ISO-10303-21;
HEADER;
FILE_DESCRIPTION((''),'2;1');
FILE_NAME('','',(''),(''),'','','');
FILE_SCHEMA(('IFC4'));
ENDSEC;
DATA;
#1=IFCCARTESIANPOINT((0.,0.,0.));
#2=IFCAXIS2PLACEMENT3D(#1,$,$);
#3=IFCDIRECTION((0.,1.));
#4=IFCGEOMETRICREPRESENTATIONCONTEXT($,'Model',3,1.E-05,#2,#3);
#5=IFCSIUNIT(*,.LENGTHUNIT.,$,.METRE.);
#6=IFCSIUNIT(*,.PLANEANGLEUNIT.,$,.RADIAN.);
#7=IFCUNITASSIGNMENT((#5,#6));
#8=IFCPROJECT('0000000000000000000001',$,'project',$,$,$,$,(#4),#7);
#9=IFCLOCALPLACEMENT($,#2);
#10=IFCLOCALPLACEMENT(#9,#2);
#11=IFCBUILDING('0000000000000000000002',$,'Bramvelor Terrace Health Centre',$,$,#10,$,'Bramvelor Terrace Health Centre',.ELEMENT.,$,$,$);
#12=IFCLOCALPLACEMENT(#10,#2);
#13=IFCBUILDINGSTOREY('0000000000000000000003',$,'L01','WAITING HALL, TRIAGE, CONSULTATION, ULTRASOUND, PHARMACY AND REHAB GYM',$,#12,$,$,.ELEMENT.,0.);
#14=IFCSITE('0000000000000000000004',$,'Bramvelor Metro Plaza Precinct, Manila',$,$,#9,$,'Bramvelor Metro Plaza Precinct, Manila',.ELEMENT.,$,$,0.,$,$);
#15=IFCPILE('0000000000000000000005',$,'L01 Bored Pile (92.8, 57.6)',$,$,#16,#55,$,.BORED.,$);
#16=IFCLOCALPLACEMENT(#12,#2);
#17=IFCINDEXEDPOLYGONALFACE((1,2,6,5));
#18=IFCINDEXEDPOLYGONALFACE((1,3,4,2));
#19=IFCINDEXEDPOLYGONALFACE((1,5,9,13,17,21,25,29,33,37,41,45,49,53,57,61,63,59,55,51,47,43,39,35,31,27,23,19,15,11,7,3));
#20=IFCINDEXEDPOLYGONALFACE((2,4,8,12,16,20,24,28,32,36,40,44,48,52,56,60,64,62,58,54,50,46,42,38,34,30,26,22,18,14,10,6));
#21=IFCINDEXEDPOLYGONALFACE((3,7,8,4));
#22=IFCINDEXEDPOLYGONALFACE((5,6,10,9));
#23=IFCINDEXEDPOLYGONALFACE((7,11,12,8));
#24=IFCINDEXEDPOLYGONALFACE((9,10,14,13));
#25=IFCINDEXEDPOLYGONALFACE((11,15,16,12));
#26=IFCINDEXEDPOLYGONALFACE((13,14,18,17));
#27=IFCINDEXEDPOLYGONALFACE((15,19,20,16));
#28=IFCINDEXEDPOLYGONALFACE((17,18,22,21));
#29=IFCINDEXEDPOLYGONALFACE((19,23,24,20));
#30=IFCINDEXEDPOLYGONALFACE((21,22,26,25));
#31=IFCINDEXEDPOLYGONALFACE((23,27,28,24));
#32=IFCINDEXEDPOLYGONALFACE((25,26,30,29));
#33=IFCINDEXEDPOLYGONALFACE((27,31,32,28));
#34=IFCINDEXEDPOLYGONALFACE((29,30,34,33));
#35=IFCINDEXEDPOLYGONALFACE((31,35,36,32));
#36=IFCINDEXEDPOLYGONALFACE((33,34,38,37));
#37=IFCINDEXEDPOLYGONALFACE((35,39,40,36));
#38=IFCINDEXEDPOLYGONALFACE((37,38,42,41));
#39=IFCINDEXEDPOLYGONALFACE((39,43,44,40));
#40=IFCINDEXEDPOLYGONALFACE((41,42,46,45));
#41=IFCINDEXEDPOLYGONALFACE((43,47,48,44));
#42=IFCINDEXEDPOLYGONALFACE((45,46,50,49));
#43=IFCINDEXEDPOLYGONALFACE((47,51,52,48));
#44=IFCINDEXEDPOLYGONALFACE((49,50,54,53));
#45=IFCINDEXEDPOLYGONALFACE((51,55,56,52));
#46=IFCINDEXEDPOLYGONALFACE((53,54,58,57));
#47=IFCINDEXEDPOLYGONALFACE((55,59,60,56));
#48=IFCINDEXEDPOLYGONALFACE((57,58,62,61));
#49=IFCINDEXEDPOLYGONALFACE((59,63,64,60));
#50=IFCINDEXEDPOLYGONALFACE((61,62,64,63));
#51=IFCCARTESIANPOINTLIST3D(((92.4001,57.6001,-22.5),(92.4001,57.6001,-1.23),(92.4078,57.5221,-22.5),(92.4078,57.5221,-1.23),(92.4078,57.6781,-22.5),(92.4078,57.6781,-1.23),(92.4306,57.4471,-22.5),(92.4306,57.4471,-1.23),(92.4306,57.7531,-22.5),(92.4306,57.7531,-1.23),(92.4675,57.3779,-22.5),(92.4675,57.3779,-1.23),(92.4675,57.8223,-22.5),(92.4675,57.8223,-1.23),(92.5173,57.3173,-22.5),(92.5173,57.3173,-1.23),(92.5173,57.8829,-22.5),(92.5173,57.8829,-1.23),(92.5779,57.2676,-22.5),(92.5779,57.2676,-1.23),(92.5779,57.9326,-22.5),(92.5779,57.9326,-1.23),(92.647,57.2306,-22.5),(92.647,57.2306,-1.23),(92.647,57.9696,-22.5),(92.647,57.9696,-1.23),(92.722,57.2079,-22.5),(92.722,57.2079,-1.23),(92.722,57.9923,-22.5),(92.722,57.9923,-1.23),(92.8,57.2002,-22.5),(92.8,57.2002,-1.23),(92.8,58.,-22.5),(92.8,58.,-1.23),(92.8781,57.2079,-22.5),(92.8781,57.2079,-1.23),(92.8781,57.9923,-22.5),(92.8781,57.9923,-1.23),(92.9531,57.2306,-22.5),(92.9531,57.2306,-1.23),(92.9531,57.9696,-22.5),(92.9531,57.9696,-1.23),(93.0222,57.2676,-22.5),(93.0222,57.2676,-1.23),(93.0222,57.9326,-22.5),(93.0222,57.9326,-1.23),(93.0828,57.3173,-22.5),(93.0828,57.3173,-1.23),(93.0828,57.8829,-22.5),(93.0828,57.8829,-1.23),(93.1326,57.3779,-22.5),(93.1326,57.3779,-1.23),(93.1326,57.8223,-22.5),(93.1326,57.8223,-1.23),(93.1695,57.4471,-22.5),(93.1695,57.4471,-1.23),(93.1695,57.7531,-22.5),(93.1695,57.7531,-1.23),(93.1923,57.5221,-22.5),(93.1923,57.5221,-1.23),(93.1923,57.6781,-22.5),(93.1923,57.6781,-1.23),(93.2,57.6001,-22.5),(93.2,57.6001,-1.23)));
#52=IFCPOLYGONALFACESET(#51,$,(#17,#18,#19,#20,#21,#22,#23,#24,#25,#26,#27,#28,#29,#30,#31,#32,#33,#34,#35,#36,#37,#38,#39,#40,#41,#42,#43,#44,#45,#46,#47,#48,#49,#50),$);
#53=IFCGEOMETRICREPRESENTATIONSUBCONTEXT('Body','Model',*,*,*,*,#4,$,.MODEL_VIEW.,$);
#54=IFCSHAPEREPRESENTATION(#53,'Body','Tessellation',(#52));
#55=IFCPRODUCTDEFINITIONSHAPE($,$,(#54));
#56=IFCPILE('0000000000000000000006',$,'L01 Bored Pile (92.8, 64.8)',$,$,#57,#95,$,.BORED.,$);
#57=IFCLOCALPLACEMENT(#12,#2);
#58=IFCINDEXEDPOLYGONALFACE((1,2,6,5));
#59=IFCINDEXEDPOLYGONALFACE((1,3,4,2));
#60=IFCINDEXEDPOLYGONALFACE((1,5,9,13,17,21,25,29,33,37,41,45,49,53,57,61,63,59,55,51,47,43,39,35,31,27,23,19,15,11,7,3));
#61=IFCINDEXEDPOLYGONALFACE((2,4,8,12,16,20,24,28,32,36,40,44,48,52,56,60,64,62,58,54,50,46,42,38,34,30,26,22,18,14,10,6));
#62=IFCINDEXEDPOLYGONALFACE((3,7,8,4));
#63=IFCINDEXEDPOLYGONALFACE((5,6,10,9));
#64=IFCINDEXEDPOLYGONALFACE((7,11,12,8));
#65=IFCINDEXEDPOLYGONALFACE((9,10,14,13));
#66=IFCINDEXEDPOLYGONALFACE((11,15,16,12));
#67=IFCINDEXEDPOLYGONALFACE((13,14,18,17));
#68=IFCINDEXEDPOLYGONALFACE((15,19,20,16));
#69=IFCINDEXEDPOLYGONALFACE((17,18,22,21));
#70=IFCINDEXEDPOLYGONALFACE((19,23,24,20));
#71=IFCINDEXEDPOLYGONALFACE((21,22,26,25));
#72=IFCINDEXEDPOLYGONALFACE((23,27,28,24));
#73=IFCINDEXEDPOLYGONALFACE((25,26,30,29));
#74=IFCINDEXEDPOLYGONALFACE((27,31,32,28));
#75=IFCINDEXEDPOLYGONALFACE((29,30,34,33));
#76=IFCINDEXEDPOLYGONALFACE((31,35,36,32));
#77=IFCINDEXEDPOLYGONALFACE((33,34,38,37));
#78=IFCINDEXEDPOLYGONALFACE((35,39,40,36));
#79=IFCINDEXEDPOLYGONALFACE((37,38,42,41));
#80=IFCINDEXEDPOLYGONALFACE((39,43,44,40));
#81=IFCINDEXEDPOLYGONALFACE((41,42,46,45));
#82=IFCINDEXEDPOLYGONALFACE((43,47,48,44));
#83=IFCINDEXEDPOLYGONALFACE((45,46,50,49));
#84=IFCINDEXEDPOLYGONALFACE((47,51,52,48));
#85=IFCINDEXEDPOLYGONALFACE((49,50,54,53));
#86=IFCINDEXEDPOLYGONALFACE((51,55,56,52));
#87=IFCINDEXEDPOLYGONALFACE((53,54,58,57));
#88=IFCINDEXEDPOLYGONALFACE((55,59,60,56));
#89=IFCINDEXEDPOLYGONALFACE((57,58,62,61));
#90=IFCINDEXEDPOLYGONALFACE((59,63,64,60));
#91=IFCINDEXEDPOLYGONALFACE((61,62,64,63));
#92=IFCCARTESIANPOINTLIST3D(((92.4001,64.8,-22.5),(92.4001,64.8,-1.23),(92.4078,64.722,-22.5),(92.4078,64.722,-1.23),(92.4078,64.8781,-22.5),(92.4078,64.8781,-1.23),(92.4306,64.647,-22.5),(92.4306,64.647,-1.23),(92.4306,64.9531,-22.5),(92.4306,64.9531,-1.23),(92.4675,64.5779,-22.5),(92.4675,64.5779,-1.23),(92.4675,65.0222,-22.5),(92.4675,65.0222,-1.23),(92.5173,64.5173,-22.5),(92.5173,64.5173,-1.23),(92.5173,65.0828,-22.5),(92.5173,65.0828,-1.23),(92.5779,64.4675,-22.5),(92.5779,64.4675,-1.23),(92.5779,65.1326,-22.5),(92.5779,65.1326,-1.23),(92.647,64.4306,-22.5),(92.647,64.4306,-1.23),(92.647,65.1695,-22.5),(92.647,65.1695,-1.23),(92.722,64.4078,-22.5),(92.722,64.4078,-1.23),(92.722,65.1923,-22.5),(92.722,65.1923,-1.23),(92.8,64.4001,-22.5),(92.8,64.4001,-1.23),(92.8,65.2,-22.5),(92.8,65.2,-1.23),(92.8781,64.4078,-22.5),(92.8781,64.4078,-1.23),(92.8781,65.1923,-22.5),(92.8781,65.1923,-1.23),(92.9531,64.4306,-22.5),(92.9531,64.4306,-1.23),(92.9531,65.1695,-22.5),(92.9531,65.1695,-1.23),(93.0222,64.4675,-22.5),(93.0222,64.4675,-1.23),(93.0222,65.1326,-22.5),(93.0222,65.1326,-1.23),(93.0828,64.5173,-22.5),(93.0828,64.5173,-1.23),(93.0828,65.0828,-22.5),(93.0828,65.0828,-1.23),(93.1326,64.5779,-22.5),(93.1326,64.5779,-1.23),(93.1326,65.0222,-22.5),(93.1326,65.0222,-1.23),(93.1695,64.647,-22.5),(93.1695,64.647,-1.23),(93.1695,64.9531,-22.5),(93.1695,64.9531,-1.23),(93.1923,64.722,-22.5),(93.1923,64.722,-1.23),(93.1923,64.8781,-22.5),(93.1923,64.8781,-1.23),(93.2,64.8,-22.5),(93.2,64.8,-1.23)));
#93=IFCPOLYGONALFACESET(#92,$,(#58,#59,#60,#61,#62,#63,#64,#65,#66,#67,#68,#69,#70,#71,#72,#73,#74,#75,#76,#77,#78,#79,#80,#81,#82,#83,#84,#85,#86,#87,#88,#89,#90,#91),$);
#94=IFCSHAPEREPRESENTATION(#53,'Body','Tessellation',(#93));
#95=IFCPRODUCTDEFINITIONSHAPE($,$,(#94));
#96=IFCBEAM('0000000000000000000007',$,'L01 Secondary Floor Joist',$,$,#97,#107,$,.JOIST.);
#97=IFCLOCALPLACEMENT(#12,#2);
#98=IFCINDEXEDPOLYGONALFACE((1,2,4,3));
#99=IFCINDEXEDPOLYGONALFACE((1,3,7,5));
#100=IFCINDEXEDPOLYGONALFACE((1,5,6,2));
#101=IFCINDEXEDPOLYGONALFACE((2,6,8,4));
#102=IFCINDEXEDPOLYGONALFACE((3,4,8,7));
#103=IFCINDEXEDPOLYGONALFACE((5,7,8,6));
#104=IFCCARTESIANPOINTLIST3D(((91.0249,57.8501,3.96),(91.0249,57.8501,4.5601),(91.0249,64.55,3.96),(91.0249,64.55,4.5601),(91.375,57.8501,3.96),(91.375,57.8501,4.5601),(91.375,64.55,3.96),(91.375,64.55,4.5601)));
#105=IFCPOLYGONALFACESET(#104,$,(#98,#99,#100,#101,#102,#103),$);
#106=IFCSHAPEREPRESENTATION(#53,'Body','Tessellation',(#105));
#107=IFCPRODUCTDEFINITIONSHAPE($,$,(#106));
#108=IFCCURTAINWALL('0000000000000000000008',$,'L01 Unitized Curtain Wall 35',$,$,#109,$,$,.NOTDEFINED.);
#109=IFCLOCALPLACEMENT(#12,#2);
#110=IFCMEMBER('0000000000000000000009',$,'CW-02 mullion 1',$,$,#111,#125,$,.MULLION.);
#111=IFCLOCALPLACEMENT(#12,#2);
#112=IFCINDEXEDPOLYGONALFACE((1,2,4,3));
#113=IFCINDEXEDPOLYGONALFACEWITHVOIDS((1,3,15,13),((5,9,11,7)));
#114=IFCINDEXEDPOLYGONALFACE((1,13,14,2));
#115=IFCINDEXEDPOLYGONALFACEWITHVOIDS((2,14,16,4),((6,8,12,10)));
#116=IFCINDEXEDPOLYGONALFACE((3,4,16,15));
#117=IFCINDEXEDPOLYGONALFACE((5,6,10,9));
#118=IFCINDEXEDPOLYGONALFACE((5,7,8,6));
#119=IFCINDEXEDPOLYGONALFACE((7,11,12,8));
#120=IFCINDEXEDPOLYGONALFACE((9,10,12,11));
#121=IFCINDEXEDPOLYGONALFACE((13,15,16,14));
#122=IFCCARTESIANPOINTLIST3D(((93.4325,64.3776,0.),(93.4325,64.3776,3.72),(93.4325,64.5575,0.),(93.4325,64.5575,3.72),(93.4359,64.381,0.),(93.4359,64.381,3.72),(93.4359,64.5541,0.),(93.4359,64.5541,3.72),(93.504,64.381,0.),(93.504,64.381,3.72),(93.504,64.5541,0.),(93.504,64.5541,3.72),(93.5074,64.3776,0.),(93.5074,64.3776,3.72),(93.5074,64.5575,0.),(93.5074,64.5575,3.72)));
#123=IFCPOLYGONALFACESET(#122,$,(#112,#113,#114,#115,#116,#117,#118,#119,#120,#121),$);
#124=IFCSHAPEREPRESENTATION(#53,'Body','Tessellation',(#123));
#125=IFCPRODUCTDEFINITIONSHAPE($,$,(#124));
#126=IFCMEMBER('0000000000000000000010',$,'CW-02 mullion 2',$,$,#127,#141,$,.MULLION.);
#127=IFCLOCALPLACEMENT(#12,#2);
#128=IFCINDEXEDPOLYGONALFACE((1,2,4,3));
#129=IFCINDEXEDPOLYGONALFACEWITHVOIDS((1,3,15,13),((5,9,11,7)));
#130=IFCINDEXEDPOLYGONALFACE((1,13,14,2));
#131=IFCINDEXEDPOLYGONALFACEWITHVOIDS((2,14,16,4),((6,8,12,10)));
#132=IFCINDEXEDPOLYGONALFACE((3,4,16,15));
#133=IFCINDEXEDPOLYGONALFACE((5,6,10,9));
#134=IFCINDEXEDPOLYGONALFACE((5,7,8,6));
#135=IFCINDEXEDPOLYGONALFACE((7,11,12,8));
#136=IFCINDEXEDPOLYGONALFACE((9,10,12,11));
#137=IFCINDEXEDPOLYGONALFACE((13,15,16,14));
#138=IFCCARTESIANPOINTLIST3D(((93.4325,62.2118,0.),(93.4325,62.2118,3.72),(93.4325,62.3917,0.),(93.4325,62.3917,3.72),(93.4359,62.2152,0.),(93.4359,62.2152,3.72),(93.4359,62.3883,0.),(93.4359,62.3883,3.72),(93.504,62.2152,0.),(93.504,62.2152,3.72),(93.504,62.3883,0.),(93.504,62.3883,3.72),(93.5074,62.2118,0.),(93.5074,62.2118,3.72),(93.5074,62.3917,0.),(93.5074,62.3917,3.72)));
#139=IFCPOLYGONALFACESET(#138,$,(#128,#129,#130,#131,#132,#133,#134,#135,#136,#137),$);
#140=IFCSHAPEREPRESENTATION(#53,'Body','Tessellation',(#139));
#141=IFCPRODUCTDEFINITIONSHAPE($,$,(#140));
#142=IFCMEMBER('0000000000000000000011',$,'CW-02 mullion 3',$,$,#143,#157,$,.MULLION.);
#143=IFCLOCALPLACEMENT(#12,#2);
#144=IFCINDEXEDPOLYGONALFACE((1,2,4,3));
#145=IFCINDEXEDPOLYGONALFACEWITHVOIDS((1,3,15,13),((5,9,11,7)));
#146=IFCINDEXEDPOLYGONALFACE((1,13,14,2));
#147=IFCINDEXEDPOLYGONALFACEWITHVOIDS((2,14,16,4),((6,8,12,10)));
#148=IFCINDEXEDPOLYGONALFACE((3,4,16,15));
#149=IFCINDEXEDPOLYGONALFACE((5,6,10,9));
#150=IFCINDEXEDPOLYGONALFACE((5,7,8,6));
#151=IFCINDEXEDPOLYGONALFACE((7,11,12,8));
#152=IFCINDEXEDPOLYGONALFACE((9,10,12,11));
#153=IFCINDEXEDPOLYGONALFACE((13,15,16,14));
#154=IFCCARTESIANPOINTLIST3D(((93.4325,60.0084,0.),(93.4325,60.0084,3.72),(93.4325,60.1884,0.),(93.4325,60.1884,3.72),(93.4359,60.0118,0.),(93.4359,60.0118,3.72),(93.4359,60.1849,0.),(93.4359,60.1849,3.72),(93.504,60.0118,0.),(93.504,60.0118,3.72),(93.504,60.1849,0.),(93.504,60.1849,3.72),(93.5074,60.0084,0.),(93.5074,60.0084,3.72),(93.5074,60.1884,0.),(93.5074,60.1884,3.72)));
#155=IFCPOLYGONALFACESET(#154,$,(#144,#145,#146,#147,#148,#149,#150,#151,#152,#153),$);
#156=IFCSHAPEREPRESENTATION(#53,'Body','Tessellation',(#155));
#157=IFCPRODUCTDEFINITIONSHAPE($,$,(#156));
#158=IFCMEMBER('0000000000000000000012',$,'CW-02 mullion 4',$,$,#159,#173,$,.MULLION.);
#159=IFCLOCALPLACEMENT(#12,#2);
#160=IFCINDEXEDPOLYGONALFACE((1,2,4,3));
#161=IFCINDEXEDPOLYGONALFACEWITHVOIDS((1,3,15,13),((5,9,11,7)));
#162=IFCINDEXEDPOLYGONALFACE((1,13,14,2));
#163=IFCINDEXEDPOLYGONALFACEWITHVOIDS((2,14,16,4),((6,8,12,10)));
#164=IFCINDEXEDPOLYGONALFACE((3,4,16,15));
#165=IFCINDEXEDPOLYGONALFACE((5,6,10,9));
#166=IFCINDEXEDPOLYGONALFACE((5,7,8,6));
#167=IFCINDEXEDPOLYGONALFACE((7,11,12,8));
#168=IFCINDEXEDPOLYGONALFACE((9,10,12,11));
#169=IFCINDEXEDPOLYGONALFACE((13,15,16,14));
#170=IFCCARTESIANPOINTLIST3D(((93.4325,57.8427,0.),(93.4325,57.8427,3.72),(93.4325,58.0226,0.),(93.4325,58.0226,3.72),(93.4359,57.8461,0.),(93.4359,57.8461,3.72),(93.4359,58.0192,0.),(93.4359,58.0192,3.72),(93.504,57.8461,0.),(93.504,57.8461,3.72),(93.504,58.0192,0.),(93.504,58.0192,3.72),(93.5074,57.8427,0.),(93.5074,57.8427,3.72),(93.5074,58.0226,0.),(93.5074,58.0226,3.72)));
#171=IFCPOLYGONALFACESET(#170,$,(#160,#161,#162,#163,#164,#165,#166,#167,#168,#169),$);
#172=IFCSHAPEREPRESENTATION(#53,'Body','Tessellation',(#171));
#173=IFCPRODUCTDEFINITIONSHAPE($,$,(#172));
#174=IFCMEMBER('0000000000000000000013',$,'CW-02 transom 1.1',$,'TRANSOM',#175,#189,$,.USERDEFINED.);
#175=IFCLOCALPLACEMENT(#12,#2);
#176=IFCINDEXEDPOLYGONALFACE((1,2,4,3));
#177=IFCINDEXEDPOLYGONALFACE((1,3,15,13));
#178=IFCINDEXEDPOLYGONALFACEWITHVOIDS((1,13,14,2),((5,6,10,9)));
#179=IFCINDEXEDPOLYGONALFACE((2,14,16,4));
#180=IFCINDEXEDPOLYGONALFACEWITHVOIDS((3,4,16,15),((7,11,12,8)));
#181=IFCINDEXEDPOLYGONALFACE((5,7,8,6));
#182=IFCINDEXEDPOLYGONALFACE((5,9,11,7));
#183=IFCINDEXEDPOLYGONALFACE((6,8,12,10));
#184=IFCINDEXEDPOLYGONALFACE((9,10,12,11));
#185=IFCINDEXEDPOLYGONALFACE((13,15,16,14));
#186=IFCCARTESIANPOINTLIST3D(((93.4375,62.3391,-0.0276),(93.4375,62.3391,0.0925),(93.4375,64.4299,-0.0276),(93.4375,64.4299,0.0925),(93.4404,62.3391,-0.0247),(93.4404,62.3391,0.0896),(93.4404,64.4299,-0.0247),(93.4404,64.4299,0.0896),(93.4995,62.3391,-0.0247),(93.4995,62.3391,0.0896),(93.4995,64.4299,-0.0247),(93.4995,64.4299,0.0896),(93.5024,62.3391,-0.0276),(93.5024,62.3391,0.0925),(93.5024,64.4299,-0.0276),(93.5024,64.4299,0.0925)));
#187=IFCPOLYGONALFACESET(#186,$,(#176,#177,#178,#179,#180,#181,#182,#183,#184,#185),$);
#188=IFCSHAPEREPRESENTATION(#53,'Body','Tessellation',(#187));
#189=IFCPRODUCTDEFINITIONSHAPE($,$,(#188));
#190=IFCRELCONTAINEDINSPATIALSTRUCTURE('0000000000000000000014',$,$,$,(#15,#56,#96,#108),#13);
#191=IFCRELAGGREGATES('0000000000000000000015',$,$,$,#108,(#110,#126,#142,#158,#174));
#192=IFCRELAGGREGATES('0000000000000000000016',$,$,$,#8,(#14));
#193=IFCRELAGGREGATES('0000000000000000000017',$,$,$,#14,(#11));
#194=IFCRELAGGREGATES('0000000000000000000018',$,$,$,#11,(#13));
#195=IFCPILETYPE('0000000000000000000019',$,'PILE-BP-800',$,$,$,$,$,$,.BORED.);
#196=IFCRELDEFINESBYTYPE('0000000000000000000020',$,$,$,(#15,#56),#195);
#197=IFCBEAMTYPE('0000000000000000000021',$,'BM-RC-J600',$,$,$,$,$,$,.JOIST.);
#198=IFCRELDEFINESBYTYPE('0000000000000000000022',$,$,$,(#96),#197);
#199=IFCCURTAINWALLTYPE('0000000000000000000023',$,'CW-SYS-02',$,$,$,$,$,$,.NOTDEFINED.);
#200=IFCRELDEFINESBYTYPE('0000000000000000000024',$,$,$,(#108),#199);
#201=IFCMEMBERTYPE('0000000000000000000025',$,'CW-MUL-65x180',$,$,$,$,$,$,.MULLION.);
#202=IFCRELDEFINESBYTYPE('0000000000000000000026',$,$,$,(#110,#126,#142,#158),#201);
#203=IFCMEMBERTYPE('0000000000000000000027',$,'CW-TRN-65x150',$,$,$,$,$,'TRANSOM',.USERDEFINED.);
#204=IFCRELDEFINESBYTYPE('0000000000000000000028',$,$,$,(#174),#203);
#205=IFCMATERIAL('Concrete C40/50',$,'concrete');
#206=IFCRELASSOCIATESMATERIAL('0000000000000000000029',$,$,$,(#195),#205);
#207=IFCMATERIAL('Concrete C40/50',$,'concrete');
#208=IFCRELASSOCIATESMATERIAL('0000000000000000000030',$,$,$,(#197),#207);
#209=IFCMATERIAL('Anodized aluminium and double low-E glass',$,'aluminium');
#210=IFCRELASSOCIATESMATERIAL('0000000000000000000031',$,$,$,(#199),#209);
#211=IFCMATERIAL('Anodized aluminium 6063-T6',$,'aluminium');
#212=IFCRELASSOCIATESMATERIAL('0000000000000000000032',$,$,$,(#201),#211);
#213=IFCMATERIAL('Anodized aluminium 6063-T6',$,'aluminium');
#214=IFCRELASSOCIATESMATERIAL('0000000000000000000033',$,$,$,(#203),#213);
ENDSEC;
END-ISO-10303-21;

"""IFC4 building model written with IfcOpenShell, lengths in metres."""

from ifc_helpers import new_model, si_unit, direction, frame, origin, origin_2d, place, context, subcontext, project, spatial, rectangle, hollow_rectangle, circle, extrude, material, material_profile, profile_set, type_object, element, aggregate, save


model = new_model("IFC4")

# Units and contexts
model_context = context("Model", 3, precision=1e-05, world=origin(), true_north=direction((0.0, 1.0)))
body_context = subcontext(model_context, "Body", "Model", "MODEL_VIEW")
ifc_project = project(units=[si_unit("LENGTHUNIT", "METRE"), si_unit("PLANEANGLEUNIT", "RADIAN")], contexts=[model_context])

# Site, building, storey
site_placement = place(None, origin())
site = spatial("IfcSite", under=ifc_project, at=site_placement, Name="Bramvelor Metro Plaza Precinct, Manila", LongName="Bramvelor Metro Plaza Precinct, Manila", CompositionType="ELEMENT", RefElevation=0.0)
building_placement = place(site_placement, origin())
building = spatial("IfcBuilding", under=site, at=building_placement, Name="Bramvelor Terrace Health Centre", LongName="Bramvelor Terrace Health Centre", CompositionType="ELEMENT")
storey_placement = place(building_placement, origin())
storey = spatial("IfcBuildingStorey", under=building, at=storey_placement, Name="L01", Description="WAITING HALL, TRIAGE, CONSULTATION, ULTRASOUND, PHARMACY AND REHAB GYM", CompositionType="ELEMENT", Elevation=0.0)

# Piles
ifc_material_1 = material(Name="Concrete C40/50", Category="concrete")
ifc_material_profile_1 = material_profile(ifc_material_1, circle(Radius=0.3999, at=origin_2d()), Name="BP D800")
ifc_profile_set_1 = profile_set([ifc_material_profile_1], Name="Concrete C40/50")
pile_type = type_object("IfcPileType", Name="PILE-BP-800", PredefinedType="BORED", material=ifc_profile_set_1)
for number, where, z_axis, x_axis, name in (
    (1, (92.8, 57.6001, -1.23), (0.0, 0.0, -1.0), (1.0, 0.0, 0.0), "L01 Bored Pile (92.8, 57.6)"),
    (2, (92.8, 64.8, -1.23), (0.0, 0.0, -1.0), (1.0, 0.0, 0.0), "L01 Bored Pile (92.8, 64.8)"),
):
    element("IfcPile", number, at=place(storey_placement, frame(where, z_axis=z_axis, x_axis=x_axis)), inside=storey, type_object=pile_type, Name=name, PredefinedType="BORED", context=body_context, shape_type="SweptSolid", body=[
        extrude(circle(Radius=0.3999, at=origin_2d()), origin(), (0.0, 0.0, 1.0), 21.27),
    ])

# Beam
ifc_material_2 = material(Name="Concrete C40/50", Category="concrete")
ifc_material_profile_2 = material_profile(ifc_material_2, rectangle(XDim=0.3501, YDim=0.6001, at=origin_2d()), Name="RC 350x600")
ifc_profile_set_2 = profile_set([ifc_material_profile_2], Name="Concrete C40/50")
beam_type = type_object("IfcBeamType", Name="BM-RC-J600", PredefinedType="JOIST", material=ifc_profile_set_2)
beam_placement = place(storey_placement, frame((91.2, 57.8501, 4.26), z_axis=(0.0, 1.0, 0.0), x_axis=(-1.0, 0.0, 0.0)))
element("IfcBeam", 3, at=beam_placement, inside=storey, type_object=beam_type, Name="L01 Secondary Floor Joist", PredefinedType="JOIST", context=body_context, shape_type="SweptSolid", body=[
    extrude(rectangle(XDim=0.3501, YDim=0.6001, at=origin_2d()), origin(), (0.0, 0.0, 1.0), 6.7),
])

# Curtain wall, members
ifc_material_3 = material(Name="Anodized aluminium and double low-E glass", Category="aluminium")
curtain_wall_type = type_object("IfcCurtainWallType", Name="CW-SYS-02", PredefinedType="NOTDEFINED", material=ifc_material_3)
curtain_wall_placement = place(storey_placement, origin())
curtain_wall = element("IfcCurtainWall", 4, at=curtain_wall_placement, inside=storey, type_object=curtain_wall_type, Name="L01 Unitized Curtain Wall 35", PredefinedType="NOTDEFINED")
ifc_material_4 = material(Name="Anodized aluminium 6063-T6", Category="aluminium")
ifc_material_profile_3 = material_profile(ifc_material_4, hollow_rectangle(XDim=0.075, YDim=0.1799, WallThickness=0.0034, at=origin_2d()), Name="ALU-MUL 75x180x3.5")
ifc_profile_set_3 = profile_set([ifc_material_profile_3], Name="Anodized aluminium 6063-T6")
member_type_1 = type_object("IfcMemberType", Name="CW-MUL-65x180", PredefinedType="MULLION", material=ifc_profile_set_3)
member_1_placement = place(storey_placement, frame((93.47, 64.4675, 0.0), z_axis=(0.0, 0.0, 1.0), x_axis=(1.0, 0.0, 0.0)))
member_1 = element("IfcMember", 5, at=member_1_placement, type_object=member_type_1, Name="CW-02 mullion 1", PredefinedType="MULLION", context=body_context, shape_type="SweptSolid", body=[
    extrude(hollow_rectangle(XDim=0.075, YDim=0.1799, WallThickness=0.0034, at=origin_2d()), origin(), (0.0, 0.0, 1.0), 3.72),
])
member_2_placement = place(storey_placement, frame((93.47, 62.3018, 0.0), z_axis=(0.0, 0.0, 1.0), x_axis=(1.0, 0.0, 0.0)))
member_2 = element("IfcMember", 6, at=member_2_placement, type_object=member_type_1, Name="CW-02 mullion 2", PredefinedType="MULLION", context=body_context, shape_type="SweptSolid", body=[
    extrude(hollow_rectangle(XDim=0.075, YDim=0.1799, WallThickness=0.0034, at=origin_2d()), origin(), (0.0, 0.0, 1.0), 3.72),
])
member_3_placement = place(storey_placement, frame((93.47, 60.0984, 0.0), z_axis=(0.0, 0.0, 1.0), x_axis=(1.0, 0.0, 0.0)))
member_3 = element("IfcMember", 7, at=member_3_placement, type_object=member_type_1, Name="CW-02 mullion 3", PredefinedType="MULLION", context=body_context, shape_type="SweptSolid", body=[
    extrude(hollow_rectangle(XDim=0.075, YDim=0.1799, WallThickness=0.0034, at=origin_2d()), origin(), (0.0, 0.0, 1.0), 3.72),
])
member_4_placement = place(storey_placement, frame((93.47, 57.9326, 0.0), z_axis=(0.0, 0.0, 1.0), x_axis=(1.0, 0.0, 0.0)))
member_4 = element("IfcMember", 8, at=member_4_placement, type_object=member_type_1, Name="CW-02 mullion 4", PredefinedType="MULLION", context=body_context, shape_type="SweptSolid", body=[
    extrude(hollow_rectangle(XDim=0.075, YDim=0.1799, WallThickness=0.0034, at=origin_2d()), origin(), (0.0, 0.0, 1.0), 3.72),
])
ifc_material_5 = material(Name="Anodized aluminium 6063-T6", Category="aluminium")
ifc_material_profile_4 = material_profile(ifc_material_5, hollow_rectangle(XDim=0.0649, YDim=0.1201, WallThickness=0.0029, at=origin_2d()), Name="ALU-TRN 65x120x3.0")
ifc_profile_set_4 = profile_set([ifc_material_profile_4], Name="Anodized aluminium 6063-T6")
member_type_2 = type_object("IfcMemberType", Name="CW-TRN-65x150", ElementType="TRANSOM", PredefinedType="USERDEFINED", material=ifc_profile_set_4)
member_5_placement = place(storey_placement, frame((93.47, 64.4299, 0.0325), z_axis=(0.0, -1.0, 0.0), x_axis=(1.0, 0.0, 0.0)))
member_5 = element("IfcMember", 9, at=member_5_placement, type_object=member_type_2, Name="CW-02 transom 1.1", ObjectType="TRANSOM", PredefinedType="USERDEFINED", context=body_context, shape_type="SweptSolid", body=[
    extrude(hollow_rectangle(XDim=0.0649, YDim=0.1201, WallThickness=0.0029, at=origin_2d()), origin(), (0.0, 0.0, 1.0), 2.0908),
])
aggregate(curtain_wall, [member_1, member_2, member_3, member_4, member_5])

save(model, "model.ifc")
